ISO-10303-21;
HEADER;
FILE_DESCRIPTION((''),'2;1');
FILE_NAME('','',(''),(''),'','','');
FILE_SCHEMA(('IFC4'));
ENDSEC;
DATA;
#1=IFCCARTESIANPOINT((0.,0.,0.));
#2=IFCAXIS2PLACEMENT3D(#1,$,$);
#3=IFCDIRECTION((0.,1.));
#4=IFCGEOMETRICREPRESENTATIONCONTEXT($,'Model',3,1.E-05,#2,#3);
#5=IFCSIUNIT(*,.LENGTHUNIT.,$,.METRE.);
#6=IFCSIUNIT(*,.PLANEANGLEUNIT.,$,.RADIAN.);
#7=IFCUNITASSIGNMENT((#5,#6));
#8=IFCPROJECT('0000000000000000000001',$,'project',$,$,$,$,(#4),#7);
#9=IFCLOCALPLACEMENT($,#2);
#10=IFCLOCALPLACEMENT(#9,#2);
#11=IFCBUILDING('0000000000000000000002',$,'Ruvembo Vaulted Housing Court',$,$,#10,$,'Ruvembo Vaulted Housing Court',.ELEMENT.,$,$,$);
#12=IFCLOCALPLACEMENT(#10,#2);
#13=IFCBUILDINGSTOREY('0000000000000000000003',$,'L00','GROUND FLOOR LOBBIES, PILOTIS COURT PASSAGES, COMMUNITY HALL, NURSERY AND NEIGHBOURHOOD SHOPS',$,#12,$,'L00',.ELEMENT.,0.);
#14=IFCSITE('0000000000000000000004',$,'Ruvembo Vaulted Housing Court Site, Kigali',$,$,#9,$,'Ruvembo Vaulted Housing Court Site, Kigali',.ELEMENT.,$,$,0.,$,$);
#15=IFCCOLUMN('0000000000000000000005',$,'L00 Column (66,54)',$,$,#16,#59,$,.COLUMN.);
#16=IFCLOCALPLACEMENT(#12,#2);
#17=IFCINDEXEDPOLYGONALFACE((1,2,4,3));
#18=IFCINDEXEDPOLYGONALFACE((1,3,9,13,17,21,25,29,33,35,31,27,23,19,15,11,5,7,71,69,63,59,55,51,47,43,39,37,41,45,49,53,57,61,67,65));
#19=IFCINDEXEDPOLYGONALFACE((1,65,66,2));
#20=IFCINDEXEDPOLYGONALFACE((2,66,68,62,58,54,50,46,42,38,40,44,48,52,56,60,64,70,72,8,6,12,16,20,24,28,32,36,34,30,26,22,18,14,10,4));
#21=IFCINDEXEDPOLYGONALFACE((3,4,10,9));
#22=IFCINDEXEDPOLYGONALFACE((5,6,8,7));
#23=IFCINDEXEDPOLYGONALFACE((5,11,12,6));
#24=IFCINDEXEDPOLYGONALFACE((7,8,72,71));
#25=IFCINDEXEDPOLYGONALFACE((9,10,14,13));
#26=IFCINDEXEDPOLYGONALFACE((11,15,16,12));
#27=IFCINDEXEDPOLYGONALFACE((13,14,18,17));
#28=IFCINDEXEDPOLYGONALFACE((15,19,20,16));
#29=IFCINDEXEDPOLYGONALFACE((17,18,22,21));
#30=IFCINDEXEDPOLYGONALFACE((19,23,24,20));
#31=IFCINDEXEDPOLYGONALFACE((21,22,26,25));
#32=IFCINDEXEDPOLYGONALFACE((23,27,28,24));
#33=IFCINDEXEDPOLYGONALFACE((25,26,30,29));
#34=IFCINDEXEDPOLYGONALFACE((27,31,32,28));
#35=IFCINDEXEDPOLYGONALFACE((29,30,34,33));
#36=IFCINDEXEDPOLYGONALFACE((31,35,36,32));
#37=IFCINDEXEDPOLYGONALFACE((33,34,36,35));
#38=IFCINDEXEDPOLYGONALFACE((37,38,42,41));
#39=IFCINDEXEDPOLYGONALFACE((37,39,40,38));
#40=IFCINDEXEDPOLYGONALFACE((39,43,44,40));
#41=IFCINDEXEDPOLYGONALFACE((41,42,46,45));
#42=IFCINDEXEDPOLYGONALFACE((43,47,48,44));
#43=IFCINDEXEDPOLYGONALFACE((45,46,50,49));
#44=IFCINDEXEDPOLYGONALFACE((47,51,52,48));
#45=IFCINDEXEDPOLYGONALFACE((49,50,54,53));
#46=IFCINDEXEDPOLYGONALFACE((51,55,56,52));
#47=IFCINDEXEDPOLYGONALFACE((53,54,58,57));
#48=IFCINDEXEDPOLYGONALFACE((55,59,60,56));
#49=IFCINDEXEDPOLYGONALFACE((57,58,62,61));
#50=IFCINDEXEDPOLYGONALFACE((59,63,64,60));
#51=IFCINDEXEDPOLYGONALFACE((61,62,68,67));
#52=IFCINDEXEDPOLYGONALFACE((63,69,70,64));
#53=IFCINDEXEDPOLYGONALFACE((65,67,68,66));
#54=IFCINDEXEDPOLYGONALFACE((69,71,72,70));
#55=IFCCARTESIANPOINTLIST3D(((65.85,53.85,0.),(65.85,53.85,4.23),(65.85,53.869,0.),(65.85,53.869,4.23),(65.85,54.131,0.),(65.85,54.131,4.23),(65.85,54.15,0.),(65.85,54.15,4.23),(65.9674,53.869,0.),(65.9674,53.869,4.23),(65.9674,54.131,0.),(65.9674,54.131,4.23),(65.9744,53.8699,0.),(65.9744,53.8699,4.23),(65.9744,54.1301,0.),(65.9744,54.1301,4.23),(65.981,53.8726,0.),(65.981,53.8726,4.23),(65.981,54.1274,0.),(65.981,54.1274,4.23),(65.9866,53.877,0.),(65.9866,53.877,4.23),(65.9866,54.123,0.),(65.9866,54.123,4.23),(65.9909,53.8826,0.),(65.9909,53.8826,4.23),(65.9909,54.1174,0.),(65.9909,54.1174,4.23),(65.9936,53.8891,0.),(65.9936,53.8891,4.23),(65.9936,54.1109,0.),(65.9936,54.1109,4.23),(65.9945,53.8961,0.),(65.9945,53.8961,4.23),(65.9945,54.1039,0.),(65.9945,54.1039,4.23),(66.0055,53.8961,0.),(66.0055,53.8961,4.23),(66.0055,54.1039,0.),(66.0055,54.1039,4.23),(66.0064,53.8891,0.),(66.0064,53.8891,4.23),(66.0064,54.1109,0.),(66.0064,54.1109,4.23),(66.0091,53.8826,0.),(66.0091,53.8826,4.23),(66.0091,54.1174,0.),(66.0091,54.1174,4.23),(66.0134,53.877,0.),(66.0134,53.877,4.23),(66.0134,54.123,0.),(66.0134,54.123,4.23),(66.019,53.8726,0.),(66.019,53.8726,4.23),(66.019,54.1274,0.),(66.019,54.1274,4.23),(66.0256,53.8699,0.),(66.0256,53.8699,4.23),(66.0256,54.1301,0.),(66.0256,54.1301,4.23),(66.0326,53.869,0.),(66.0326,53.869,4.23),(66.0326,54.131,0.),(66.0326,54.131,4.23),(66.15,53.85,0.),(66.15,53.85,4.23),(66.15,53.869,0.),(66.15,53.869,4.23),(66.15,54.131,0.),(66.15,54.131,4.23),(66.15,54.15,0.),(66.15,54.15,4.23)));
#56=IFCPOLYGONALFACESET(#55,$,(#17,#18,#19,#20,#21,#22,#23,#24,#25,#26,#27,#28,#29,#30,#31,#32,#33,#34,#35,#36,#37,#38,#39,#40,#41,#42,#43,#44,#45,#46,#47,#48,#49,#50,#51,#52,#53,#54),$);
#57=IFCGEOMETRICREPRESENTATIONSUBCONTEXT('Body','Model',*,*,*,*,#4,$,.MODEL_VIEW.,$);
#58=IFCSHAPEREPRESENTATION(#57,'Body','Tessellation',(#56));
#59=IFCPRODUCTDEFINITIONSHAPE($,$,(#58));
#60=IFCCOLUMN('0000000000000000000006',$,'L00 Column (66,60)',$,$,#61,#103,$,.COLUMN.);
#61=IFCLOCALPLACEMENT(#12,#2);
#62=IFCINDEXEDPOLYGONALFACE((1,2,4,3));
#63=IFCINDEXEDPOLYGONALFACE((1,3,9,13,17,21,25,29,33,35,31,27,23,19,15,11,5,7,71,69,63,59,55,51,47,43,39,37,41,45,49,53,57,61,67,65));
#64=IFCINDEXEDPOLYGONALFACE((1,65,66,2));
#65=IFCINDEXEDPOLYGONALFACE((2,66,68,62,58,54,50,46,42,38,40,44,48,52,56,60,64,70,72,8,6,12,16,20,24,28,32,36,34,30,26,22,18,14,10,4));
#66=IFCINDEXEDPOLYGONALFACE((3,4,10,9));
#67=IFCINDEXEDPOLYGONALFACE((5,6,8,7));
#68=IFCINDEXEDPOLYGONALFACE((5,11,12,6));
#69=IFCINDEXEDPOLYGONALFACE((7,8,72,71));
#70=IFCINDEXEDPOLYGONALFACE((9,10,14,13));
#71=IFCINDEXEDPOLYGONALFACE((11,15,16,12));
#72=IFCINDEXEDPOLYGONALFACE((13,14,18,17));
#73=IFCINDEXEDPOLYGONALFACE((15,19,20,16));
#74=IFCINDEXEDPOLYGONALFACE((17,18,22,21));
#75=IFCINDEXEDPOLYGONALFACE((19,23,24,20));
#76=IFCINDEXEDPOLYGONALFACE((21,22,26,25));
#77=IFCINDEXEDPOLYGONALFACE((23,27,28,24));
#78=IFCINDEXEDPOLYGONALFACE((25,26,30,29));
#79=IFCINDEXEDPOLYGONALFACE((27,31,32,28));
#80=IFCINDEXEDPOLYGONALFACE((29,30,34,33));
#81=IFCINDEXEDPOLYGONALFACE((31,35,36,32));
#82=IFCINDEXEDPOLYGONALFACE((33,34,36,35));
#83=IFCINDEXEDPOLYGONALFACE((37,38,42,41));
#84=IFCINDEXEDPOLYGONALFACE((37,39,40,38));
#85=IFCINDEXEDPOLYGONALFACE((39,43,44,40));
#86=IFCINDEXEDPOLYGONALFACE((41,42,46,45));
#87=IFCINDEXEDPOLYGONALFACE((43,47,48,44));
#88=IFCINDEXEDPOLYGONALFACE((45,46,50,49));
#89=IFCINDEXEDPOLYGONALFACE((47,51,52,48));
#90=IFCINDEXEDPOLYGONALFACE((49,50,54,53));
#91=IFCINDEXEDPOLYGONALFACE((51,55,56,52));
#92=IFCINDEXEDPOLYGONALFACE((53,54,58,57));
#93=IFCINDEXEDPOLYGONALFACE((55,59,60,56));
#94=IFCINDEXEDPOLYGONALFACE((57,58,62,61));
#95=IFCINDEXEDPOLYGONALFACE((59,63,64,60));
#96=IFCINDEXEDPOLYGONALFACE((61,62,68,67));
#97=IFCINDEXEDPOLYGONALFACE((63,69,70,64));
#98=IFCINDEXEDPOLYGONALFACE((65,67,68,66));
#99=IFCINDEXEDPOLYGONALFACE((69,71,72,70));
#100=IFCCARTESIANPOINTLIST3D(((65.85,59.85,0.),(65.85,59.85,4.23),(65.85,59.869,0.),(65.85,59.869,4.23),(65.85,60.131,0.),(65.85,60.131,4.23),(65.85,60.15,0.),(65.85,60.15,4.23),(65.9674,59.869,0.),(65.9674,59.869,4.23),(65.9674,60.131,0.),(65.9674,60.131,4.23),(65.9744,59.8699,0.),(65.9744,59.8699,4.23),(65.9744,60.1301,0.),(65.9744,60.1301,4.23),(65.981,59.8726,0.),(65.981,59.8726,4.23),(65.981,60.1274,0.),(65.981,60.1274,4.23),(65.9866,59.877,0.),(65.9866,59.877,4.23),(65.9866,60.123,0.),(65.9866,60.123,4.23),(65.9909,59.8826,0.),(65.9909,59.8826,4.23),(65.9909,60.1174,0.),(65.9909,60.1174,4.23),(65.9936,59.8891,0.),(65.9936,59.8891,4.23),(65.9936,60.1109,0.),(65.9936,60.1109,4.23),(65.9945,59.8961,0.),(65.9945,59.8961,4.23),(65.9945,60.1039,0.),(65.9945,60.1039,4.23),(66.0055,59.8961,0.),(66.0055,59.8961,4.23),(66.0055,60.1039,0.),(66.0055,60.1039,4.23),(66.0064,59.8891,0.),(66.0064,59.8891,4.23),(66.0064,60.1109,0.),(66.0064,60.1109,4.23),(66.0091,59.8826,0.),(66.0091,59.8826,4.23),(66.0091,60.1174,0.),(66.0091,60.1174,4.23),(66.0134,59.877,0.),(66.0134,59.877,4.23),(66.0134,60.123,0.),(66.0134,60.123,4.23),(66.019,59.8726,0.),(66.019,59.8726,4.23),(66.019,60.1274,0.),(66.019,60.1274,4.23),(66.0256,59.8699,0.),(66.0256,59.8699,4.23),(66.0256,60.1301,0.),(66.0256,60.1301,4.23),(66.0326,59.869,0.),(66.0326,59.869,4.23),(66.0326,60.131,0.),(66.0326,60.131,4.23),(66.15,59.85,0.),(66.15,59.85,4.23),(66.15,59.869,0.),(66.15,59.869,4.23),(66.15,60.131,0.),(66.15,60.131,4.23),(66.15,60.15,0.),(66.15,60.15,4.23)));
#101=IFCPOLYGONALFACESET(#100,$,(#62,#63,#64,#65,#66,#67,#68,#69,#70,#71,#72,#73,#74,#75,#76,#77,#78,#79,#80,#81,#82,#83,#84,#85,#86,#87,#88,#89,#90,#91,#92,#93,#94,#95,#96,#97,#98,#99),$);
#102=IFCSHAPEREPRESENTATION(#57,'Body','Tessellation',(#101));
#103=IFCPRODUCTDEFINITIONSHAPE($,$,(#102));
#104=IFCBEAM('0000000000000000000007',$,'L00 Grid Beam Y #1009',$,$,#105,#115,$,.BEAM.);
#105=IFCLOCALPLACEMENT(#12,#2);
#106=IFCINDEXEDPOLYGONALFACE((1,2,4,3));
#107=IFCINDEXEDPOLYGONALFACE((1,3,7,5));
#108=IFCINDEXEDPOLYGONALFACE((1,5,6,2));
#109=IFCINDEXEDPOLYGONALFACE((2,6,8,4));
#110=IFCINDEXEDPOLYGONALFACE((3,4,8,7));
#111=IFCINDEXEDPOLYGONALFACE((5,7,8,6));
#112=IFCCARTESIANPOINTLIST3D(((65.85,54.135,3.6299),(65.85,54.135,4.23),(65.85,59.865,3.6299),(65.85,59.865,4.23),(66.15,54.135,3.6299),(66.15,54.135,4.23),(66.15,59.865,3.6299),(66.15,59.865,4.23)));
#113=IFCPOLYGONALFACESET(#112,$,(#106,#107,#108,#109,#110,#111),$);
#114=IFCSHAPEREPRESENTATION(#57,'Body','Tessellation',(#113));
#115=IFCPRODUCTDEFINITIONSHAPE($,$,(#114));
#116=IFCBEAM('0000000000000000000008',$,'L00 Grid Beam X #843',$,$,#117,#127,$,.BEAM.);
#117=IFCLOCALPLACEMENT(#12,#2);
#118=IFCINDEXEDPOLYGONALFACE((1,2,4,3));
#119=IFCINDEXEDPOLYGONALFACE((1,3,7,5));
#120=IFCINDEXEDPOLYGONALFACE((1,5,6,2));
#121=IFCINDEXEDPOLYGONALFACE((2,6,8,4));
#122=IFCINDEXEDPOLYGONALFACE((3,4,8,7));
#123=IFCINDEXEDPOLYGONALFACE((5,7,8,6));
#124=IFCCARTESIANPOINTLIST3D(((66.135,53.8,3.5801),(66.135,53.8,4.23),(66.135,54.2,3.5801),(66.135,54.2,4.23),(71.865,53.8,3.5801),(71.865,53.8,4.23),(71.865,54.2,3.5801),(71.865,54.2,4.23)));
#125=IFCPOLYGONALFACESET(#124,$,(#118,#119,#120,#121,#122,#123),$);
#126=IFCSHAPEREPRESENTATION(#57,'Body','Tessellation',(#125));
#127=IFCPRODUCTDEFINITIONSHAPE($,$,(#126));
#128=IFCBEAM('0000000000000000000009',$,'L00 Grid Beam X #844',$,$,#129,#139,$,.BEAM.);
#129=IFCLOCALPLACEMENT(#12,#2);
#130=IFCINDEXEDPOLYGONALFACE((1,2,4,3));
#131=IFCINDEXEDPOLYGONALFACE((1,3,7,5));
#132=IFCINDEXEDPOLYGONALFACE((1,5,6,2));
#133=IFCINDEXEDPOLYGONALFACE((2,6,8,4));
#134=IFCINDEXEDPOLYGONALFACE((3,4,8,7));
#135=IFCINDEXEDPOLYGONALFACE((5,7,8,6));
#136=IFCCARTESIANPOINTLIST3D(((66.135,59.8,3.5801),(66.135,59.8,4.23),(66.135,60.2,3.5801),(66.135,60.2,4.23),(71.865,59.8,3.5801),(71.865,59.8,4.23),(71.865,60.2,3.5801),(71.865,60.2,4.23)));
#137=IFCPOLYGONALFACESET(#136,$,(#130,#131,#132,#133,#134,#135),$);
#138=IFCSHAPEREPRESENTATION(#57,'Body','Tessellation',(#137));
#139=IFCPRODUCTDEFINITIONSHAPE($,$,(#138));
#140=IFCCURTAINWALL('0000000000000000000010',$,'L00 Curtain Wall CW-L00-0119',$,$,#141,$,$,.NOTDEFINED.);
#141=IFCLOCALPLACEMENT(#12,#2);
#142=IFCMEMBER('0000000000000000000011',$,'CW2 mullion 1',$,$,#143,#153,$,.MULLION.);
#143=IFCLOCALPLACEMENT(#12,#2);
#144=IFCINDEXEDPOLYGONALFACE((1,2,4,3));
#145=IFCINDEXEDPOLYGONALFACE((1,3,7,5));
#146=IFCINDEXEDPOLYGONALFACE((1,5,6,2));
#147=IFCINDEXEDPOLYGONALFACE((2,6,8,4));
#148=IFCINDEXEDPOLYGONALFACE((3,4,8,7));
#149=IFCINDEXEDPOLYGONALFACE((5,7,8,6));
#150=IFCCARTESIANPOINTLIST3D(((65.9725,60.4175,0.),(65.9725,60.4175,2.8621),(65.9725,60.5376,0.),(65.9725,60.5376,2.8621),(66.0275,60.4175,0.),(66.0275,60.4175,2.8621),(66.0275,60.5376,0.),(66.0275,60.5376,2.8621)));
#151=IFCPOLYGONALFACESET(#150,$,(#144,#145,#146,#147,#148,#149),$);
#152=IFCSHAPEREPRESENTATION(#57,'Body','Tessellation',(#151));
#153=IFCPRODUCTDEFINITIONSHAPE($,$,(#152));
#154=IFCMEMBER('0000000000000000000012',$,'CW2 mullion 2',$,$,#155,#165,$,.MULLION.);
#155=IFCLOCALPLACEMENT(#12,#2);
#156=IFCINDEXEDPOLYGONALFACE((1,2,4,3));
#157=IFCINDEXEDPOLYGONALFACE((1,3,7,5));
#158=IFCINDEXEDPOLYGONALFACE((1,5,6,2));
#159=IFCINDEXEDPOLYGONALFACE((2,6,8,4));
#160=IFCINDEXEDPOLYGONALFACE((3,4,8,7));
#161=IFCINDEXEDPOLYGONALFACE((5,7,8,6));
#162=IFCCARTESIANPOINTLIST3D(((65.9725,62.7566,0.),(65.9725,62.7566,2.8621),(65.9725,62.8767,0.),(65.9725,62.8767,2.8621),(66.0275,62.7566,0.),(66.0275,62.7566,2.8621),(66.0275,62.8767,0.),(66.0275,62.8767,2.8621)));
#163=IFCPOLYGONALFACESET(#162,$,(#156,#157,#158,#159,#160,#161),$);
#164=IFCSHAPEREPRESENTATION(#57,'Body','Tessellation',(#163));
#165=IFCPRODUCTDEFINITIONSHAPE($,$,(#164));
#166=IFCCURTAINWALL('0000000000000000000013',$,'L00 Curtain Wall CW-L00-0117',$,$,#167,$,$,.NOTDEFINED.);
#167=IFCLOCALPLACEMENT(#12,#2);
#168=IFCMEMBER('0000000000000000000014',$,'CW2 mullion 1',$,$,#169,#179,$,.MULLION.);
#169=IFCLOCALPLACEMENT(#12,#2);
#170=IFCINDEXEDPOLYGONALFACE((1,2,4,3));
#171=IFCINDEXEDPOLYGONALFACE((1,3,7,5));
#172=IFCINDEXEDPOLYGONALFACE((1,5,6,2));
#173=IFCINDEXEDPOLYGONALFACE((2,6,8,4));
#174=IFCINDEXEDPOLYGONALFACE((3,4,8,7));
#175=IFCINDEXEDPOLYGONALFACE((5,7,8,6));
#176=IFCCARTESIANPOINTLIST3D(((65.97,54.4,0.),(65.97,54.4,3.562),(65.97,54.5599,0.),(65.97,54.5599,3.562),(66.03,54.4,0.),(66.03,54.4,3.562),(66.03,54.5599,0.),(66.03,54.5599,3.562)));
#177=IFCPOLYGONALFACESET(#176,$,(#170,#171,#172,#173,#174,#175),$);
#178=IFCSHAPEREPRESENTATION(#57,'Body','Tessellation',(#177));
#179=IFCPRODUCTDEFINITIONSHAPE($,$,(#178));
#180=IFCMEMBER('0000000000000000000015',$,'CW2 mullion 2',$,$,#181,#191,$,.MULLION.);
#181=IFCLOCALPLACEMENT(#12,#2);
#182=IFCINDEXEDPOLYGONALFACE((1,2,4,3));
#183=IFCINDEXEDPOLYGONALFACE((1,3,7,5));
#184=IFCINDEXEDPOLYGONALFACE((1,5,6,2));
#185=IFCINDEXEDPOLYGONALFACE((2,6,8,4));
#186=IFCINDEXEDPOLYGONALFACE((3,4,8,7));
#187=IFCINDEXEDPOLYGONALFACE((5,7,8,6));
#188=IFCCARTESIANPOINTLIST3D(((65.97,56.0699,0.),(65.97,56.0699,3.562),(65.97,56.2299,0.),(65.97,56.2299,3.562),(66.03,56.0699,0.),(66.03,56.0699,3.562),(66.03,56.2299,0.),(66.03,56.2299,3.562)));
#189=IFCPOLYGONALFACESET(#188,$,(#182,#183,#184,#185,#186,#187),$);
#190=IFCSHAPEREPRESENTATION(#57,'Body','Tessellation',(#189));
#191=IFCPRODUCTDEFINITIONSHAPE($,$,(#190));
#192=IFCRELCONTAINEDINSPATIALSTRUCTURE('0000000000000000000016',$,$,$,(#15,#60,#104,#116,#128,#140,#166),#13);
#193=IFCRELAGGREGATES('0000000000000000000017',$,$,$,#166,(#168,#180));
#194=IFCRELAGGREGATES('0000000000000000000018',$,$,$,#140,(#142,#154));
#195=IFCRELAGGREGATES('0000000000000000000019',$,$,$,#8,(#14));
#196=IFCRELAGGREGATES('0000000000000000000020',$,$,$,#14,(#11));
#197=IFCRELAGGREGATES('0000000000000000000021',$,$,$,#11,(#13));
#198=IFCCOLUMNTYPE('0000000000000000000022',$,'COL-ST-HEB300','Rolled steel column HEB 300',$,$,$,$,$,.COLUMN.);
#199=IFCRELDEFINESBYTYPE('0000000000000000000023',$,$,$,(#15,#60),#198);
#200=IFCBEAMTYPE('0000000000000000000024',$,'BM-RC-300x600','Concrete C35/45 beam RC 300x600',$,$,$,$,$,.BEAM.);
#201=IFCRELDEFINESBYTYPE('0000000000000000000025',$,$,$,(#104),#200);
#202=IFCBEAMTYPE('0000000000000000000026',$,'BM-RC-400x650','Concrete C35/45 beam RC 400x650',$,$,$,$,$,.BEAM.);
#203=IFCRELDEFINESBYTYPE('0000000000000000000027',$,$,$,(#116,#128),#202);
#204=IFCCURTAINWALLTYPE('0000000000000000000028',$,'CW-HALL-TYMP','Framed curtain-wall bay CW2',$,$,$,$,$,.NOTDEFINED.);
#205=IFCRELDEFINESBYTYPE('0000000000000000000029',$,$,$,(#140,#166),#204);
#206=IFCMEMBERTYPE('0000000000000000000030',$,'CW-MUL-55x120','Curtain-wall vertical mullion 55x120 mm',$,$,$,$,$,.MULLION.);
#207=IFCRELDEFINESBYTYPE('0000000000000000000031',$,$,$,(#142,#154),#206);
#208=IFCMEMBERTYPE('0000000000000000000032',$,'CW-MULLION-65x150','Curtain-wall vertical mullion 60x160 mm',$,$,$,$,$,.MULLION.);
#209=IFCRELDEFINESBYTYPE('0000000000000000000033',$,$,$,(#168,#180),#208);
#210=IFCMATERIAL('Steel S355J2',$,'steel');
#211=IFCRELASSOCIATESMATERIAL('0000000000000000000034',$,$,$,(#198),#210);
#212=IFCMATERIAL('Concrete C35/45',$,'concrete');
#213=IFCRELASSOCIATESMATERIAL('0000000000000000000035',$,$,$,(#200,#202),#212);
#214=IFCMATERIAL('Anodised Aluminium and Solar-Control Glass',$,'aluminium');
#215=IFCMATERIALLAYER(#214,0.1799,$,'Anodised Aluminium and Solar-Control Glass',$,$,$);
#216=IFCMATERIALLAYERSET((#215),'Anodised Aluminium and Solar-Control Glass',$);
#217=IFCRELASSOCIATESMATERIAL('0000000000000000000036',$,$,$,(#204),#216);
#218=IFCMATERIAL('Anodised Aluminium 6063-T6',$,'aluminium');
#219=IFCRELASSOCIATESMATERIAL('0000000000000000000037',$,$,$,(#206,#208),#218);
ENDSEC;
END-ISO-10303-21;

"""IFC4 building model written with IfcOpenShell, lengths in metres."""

from ifc_helpers import new_model, si_unit, direction, frame, origin, origin_2d, place, context, subcontext, project, spatial, rectangle, i_section, extrude, material, layer, layer_set, material_profile, profile_set, type_object, element, aggregate, save


model = new_model("IFC4")

# Units and contexts
model_context = context("Model", 3, precision=1e-05, world=origin(), true_north=direction((0.0, 1.0)))
body_context = subcontext(model_context, "Body", "Model", "MODEL_VIEW")
ifc_project = project(units=[si_unit("LENGTHUNIT", "METRE"), si_unit("PLANEANGLEUNIT", "RADIAN")], contexts=[model_context])

# Site, building, storey
site_placement = place(None, origin())
site = spatial("IfcSite", under=ifc_project, at=site_placement, Name="Ruvembo Vaulted Housing Court Site, Kigali", LongName="Ruvembo Vaulted Housing Court Site, Kigali", CompositionType="ELEMENT", RefElevation=0.0)
building_placement = place(site_placement, origin())
building = spatial("IfcBuilding", under=site, at=building_placement, Name="Ruvembo Vaulted Housing Court", LongName="Ruvembo Vaulted Housing Court", CompositionType="ELEMENT")
storey_placement = place(building_placement, origin())
storey = spatial("IfcBuildingStorey", under=building, at=storey_placement, Name="L00", Description="GROUND FLOOR LOBBIES, PILOTIS COURT PASSAGES, COMMUNITY HALL, NURSERY AND NEIGHBOURHOOD SHOPS", LongName="L00", CompositionType="ELEMENT", Elevation=0.0)

# Columns
ifc_material_1 = material(Name="Steel S355J2", Category="steel")
ifc_material_profile_1 = material_profile(ifc_material_1, i_section(OverallWidth=0.3, OverallDepth=0.3, WebThickness=0.011, FlangeThickness=0.019, FilletRadius=0.0271, at=origin_2d()), Name="HEB 300")
ifc_profile_set_1 = profile_set([ifc_material_profile_1], Name="Steel S355J2")
column_type = type_object("IfcColumnType", Name="COL-ST-HEB300", Description="Rolled steel column HEB 300", PredefinedType="COLUMN", material=ifc_profile_set_1)
for number, where, z_axis, x_axis, name in (
    (1, (66.0, 54.0, 0.0), (0.0, 0.0, 1.0), (1.0, 0.0, 0.0), "L00 Column (66,54)"),
    (2, (66.0, 60.0, 0.0), (0.0, 0.0, 1.0), (1.0, 0.0, 0.0), "L00 Column (66,60)"),
):
    element("IfcColumn", number, at=place(storey_placement, frame(where, z_axis=z_axis, x_axis=x_axis)), inside=storey, type_object=column_type, Name=name, PredefinedType="COLUMN", context=body_context, shape_type="SweptSolid", body=[
        extrude(i_section(OverallWidth=0.3, OverallDepth=0.3, WebThickness=0.011, FlangeThickness=0.019, FilletRadius=0.0271, at=origin_2d()), origin(), (0.0, 0.0, 1.0), 4.23),
    ])

# Beams
ifc_material_2 = material(Name="Concrete C35/45", Category="concrete")
ifc_material_profile_2 = material_profile(ifc_material_2, rectangle(XDim=0.3, YDim=0.6001, at=origin_2d()), Name="RC 300x600")
ifc_profile_set_2 = profile_set([ifc_material_profile_2], Name="Concrete C35/45")
beam_type_1 = type_object("IfcBeamType", Name="BM-RC-300x600", Description="Concrete C35/45 beam RC 300x600", PredefinedType="BEAM", material=ifc_profile_set_2)
beam_1_placement = place(storey_placement, frame((66.0, 54.135, 3.9299), z_axis=(0.0, 1.0, 0.0), x_axis=(-1.0, 0.0, 0.0)))
element("IfcBeam", 3, at=beam_1_placement, inside=storey, type_object=beam_type_1, Name="L00 Grid Beam Y #1009", PredefinedType="BEAM", context=body_context, shape_type="SweptSolid", body=[
    extrude(rectangle(XDim=0.3, YDim=0.6001, at=origin_2d()), origin(), (0.0, 0.0, 1.0), 5.73),
])
ifc_material_profile_3 = material_profile(ifc_material_2, rectangle(XDim=0.3999, YDim=0.6499, at=origin_2d()), Name="RC 400x650")
ifc_profile_set_3 = profile_set([ifc_material_profile_3], Name="Concrete C35/45")
beam_type_2 = type_object("IfcBeamType", Name="BM-RC-400x650", Description="Concrete C35/45 beam RC 400x650", PredefinedType="BEAM", material=ifc_profile_set_3)
for number, where, z_axis, x_axis, name in (
    (4, (66.135, 54.0, 3.905), (1.0, 0.0, 0.0), (0.0, 1.0, 0.0), "L00 Grid Beam X #843"),
    (5, (66.135, 60.0, 3.905), (1.0, 0.0, 0.0), (0.0, 1.0, 0.0), "L00 Grid Beam X #844"),
):
    element("IfcBeam", number, at=place(storey_placement, frame(where, z_axis=z_axis, x_axis=x_axis)), inside=storey, type_object=beam_type_2, Name=name, PredefinedType="BEAM", context=body_context, shape_type="SweptSolid", body=[
        extrude(rectangle(XDim=0.3999, YDim=0.6499, at=origin_2d()), origin(), (0.0, 0.0, 1.0), 5.73),
    ])

# Curtain walls, members
ifc_material_3 = material(Name="Anodised Aluminium and Solar-Control Glass", Category="aluminium")
ifc_layer_1 = layer(ifc_material_3, 0.1799, Name="Anodised Aluminium and Solar-Control Glass")
ifc_layer_set_1 = layer_set([ifc_layer_1], Name="Anodised Aluminium and Solar-Control Glass")
curtain_wall_type = type_object("IfcCurtainWallType", Name="CW-HALL-TYMP", Description="Framed curtain-wall bay CW2", PredefinedType="NOTDEFINED", material=ifc_layer_set_1)
curtain_wall_1_placement = place(storey_placement, origin())
curtain_wall_1 = element("IfcCurtainWall", 6, at=curtain_wall_1_placement, inside=storey, type_object=curtain_wall_type, Name="L00 Curtain Wall CW-L00-0119", PredefinedType="NOTDEFINED")
ifc_material_4 = material(Name="Anodised Aluminium 6063-T6", Category="aluminium")
ifc_material_profile_4 = material_profile(ifc_material_4, rectangle(XDim=0.0549, YDim=0.1201, at=origin_2d()), Name="ALU 55x120")
ifc_profile_set_4 = profile_set([ifc_material_profile_4], Name="Anodised Aluminium 6063-T6")
member_type_1 = type_object("IfcMemberType", Name="CW-MUL-55x120", Description="Curtain-wall vertical mullion 55x120 mm", PredefinedType="MULLION", material=ifc_profile_set_4)
member_1_placement = place(storey_placement, frame((66.0, 60.4775, 0.0), z_axis=(0.0, 0.0, 1.0), x_axis=(-1.0, 0.0, 0.0)))
member_1 = element("IfcMember", 7, at=member_1_placement, type_object=member_type_1, Name="CW2 mullion 1", PredefinedType="MULLION", context=body_context, shape_type="SweptSolid", body=[
    extrude(rectangle(XDim=0.0549, YDim=0.1201, at=origin_2d()), origin(), (0.0, 0.0, 1.0), 2.8621),
])
member_2_placement = place(storey_placement, frame((66.0, 62.8167, 0.0), z_axis=(0.0, 0.0, 1.0), x_axis=(-1.0, 0.0, 0.0)))
member_2 = element("IfcMember", 8, at=member_2_placement, type_object=member_type_1, Name="CW2 mullion 2", PredefinedType="MULLION", context=body_context, shape_type="SweptSolid", body=[
    extrude(rectangle(XDim=0.0549, YDim=0.1201, at=origin_2d()), origin(), (0.0, 0.0, 1.0), 2.8621),
])
curtain_wall_2_placement = place(storey_placement, origin())
curtain_wall_2 = element("IfcCurtainWall", 9, at=curtain_wall_2_placement, inside=storey, type_object=curtain_wall_type, Name="L00 Curtain Wall CW-L00-0117", PredefinedType="NOTDEFINED")
ifc_material_profile_5 = material_profile(ifc_material_4, rectangle(XDim=0.0601, YDim=0.1599, at=origin_2d()), Name="ALU 60x160")
ifc_profile_set_5 = profile_set([ifc_material_profile_5], Name="Anodised Aluminium 6063-T6")
member_type_2 = type_object("IfcMemberType", Name="CW-MULLION-65x150", Description="Curtain-wall vertical mullion 60x160 mm", PredefinedType="MULLION", material=ifc_profile_set_5)
member_3_placement = place(storey_placement, frame((66.0, 54.48, 0.0), z_axis=(0.0, 0.0, 1.0), x_axis=(-1.0, 0.0, 0.0)))
member_3 = element("IfcMember", 10, at=member_3_placement, type_object=member_type_2, Name="CW2 mullion 1", PredefinedType="MULLION", context=body_context, shape_type="SweptSolid", body=[
    extrude(rectangle(XDim=0.0601, YDim=0.1599, at=origin_2d()), origin(), (0.0, 0.0, 1.0), 3.562),
])
member_4_placement = place(storey_placement, frame((66.0, 56.1499, 0.0), z_axis=(0.0, 0.0, 1.0), x_axis=(-1.0, 0.0, 0.0)))
member_4 = element("IfcMember", 11, at=member_4_placement, type_object=member_type_2, Name="CW2 mullion 2", PredefinedType="MULLION", context=body_context, shape_type="SweptSolid", body=[
    extrude(rectangle(XDim=0.0601, YDim=0.1599, at=origin_2d()), origin(), (0.0, 0.0, 1.0), 3.562),
])

aggregate(curtain_wall_2, [member_3, member_4])
aggregate(curtain_wall_1, [member_1, member_2])

save(model, "model.ifc")
